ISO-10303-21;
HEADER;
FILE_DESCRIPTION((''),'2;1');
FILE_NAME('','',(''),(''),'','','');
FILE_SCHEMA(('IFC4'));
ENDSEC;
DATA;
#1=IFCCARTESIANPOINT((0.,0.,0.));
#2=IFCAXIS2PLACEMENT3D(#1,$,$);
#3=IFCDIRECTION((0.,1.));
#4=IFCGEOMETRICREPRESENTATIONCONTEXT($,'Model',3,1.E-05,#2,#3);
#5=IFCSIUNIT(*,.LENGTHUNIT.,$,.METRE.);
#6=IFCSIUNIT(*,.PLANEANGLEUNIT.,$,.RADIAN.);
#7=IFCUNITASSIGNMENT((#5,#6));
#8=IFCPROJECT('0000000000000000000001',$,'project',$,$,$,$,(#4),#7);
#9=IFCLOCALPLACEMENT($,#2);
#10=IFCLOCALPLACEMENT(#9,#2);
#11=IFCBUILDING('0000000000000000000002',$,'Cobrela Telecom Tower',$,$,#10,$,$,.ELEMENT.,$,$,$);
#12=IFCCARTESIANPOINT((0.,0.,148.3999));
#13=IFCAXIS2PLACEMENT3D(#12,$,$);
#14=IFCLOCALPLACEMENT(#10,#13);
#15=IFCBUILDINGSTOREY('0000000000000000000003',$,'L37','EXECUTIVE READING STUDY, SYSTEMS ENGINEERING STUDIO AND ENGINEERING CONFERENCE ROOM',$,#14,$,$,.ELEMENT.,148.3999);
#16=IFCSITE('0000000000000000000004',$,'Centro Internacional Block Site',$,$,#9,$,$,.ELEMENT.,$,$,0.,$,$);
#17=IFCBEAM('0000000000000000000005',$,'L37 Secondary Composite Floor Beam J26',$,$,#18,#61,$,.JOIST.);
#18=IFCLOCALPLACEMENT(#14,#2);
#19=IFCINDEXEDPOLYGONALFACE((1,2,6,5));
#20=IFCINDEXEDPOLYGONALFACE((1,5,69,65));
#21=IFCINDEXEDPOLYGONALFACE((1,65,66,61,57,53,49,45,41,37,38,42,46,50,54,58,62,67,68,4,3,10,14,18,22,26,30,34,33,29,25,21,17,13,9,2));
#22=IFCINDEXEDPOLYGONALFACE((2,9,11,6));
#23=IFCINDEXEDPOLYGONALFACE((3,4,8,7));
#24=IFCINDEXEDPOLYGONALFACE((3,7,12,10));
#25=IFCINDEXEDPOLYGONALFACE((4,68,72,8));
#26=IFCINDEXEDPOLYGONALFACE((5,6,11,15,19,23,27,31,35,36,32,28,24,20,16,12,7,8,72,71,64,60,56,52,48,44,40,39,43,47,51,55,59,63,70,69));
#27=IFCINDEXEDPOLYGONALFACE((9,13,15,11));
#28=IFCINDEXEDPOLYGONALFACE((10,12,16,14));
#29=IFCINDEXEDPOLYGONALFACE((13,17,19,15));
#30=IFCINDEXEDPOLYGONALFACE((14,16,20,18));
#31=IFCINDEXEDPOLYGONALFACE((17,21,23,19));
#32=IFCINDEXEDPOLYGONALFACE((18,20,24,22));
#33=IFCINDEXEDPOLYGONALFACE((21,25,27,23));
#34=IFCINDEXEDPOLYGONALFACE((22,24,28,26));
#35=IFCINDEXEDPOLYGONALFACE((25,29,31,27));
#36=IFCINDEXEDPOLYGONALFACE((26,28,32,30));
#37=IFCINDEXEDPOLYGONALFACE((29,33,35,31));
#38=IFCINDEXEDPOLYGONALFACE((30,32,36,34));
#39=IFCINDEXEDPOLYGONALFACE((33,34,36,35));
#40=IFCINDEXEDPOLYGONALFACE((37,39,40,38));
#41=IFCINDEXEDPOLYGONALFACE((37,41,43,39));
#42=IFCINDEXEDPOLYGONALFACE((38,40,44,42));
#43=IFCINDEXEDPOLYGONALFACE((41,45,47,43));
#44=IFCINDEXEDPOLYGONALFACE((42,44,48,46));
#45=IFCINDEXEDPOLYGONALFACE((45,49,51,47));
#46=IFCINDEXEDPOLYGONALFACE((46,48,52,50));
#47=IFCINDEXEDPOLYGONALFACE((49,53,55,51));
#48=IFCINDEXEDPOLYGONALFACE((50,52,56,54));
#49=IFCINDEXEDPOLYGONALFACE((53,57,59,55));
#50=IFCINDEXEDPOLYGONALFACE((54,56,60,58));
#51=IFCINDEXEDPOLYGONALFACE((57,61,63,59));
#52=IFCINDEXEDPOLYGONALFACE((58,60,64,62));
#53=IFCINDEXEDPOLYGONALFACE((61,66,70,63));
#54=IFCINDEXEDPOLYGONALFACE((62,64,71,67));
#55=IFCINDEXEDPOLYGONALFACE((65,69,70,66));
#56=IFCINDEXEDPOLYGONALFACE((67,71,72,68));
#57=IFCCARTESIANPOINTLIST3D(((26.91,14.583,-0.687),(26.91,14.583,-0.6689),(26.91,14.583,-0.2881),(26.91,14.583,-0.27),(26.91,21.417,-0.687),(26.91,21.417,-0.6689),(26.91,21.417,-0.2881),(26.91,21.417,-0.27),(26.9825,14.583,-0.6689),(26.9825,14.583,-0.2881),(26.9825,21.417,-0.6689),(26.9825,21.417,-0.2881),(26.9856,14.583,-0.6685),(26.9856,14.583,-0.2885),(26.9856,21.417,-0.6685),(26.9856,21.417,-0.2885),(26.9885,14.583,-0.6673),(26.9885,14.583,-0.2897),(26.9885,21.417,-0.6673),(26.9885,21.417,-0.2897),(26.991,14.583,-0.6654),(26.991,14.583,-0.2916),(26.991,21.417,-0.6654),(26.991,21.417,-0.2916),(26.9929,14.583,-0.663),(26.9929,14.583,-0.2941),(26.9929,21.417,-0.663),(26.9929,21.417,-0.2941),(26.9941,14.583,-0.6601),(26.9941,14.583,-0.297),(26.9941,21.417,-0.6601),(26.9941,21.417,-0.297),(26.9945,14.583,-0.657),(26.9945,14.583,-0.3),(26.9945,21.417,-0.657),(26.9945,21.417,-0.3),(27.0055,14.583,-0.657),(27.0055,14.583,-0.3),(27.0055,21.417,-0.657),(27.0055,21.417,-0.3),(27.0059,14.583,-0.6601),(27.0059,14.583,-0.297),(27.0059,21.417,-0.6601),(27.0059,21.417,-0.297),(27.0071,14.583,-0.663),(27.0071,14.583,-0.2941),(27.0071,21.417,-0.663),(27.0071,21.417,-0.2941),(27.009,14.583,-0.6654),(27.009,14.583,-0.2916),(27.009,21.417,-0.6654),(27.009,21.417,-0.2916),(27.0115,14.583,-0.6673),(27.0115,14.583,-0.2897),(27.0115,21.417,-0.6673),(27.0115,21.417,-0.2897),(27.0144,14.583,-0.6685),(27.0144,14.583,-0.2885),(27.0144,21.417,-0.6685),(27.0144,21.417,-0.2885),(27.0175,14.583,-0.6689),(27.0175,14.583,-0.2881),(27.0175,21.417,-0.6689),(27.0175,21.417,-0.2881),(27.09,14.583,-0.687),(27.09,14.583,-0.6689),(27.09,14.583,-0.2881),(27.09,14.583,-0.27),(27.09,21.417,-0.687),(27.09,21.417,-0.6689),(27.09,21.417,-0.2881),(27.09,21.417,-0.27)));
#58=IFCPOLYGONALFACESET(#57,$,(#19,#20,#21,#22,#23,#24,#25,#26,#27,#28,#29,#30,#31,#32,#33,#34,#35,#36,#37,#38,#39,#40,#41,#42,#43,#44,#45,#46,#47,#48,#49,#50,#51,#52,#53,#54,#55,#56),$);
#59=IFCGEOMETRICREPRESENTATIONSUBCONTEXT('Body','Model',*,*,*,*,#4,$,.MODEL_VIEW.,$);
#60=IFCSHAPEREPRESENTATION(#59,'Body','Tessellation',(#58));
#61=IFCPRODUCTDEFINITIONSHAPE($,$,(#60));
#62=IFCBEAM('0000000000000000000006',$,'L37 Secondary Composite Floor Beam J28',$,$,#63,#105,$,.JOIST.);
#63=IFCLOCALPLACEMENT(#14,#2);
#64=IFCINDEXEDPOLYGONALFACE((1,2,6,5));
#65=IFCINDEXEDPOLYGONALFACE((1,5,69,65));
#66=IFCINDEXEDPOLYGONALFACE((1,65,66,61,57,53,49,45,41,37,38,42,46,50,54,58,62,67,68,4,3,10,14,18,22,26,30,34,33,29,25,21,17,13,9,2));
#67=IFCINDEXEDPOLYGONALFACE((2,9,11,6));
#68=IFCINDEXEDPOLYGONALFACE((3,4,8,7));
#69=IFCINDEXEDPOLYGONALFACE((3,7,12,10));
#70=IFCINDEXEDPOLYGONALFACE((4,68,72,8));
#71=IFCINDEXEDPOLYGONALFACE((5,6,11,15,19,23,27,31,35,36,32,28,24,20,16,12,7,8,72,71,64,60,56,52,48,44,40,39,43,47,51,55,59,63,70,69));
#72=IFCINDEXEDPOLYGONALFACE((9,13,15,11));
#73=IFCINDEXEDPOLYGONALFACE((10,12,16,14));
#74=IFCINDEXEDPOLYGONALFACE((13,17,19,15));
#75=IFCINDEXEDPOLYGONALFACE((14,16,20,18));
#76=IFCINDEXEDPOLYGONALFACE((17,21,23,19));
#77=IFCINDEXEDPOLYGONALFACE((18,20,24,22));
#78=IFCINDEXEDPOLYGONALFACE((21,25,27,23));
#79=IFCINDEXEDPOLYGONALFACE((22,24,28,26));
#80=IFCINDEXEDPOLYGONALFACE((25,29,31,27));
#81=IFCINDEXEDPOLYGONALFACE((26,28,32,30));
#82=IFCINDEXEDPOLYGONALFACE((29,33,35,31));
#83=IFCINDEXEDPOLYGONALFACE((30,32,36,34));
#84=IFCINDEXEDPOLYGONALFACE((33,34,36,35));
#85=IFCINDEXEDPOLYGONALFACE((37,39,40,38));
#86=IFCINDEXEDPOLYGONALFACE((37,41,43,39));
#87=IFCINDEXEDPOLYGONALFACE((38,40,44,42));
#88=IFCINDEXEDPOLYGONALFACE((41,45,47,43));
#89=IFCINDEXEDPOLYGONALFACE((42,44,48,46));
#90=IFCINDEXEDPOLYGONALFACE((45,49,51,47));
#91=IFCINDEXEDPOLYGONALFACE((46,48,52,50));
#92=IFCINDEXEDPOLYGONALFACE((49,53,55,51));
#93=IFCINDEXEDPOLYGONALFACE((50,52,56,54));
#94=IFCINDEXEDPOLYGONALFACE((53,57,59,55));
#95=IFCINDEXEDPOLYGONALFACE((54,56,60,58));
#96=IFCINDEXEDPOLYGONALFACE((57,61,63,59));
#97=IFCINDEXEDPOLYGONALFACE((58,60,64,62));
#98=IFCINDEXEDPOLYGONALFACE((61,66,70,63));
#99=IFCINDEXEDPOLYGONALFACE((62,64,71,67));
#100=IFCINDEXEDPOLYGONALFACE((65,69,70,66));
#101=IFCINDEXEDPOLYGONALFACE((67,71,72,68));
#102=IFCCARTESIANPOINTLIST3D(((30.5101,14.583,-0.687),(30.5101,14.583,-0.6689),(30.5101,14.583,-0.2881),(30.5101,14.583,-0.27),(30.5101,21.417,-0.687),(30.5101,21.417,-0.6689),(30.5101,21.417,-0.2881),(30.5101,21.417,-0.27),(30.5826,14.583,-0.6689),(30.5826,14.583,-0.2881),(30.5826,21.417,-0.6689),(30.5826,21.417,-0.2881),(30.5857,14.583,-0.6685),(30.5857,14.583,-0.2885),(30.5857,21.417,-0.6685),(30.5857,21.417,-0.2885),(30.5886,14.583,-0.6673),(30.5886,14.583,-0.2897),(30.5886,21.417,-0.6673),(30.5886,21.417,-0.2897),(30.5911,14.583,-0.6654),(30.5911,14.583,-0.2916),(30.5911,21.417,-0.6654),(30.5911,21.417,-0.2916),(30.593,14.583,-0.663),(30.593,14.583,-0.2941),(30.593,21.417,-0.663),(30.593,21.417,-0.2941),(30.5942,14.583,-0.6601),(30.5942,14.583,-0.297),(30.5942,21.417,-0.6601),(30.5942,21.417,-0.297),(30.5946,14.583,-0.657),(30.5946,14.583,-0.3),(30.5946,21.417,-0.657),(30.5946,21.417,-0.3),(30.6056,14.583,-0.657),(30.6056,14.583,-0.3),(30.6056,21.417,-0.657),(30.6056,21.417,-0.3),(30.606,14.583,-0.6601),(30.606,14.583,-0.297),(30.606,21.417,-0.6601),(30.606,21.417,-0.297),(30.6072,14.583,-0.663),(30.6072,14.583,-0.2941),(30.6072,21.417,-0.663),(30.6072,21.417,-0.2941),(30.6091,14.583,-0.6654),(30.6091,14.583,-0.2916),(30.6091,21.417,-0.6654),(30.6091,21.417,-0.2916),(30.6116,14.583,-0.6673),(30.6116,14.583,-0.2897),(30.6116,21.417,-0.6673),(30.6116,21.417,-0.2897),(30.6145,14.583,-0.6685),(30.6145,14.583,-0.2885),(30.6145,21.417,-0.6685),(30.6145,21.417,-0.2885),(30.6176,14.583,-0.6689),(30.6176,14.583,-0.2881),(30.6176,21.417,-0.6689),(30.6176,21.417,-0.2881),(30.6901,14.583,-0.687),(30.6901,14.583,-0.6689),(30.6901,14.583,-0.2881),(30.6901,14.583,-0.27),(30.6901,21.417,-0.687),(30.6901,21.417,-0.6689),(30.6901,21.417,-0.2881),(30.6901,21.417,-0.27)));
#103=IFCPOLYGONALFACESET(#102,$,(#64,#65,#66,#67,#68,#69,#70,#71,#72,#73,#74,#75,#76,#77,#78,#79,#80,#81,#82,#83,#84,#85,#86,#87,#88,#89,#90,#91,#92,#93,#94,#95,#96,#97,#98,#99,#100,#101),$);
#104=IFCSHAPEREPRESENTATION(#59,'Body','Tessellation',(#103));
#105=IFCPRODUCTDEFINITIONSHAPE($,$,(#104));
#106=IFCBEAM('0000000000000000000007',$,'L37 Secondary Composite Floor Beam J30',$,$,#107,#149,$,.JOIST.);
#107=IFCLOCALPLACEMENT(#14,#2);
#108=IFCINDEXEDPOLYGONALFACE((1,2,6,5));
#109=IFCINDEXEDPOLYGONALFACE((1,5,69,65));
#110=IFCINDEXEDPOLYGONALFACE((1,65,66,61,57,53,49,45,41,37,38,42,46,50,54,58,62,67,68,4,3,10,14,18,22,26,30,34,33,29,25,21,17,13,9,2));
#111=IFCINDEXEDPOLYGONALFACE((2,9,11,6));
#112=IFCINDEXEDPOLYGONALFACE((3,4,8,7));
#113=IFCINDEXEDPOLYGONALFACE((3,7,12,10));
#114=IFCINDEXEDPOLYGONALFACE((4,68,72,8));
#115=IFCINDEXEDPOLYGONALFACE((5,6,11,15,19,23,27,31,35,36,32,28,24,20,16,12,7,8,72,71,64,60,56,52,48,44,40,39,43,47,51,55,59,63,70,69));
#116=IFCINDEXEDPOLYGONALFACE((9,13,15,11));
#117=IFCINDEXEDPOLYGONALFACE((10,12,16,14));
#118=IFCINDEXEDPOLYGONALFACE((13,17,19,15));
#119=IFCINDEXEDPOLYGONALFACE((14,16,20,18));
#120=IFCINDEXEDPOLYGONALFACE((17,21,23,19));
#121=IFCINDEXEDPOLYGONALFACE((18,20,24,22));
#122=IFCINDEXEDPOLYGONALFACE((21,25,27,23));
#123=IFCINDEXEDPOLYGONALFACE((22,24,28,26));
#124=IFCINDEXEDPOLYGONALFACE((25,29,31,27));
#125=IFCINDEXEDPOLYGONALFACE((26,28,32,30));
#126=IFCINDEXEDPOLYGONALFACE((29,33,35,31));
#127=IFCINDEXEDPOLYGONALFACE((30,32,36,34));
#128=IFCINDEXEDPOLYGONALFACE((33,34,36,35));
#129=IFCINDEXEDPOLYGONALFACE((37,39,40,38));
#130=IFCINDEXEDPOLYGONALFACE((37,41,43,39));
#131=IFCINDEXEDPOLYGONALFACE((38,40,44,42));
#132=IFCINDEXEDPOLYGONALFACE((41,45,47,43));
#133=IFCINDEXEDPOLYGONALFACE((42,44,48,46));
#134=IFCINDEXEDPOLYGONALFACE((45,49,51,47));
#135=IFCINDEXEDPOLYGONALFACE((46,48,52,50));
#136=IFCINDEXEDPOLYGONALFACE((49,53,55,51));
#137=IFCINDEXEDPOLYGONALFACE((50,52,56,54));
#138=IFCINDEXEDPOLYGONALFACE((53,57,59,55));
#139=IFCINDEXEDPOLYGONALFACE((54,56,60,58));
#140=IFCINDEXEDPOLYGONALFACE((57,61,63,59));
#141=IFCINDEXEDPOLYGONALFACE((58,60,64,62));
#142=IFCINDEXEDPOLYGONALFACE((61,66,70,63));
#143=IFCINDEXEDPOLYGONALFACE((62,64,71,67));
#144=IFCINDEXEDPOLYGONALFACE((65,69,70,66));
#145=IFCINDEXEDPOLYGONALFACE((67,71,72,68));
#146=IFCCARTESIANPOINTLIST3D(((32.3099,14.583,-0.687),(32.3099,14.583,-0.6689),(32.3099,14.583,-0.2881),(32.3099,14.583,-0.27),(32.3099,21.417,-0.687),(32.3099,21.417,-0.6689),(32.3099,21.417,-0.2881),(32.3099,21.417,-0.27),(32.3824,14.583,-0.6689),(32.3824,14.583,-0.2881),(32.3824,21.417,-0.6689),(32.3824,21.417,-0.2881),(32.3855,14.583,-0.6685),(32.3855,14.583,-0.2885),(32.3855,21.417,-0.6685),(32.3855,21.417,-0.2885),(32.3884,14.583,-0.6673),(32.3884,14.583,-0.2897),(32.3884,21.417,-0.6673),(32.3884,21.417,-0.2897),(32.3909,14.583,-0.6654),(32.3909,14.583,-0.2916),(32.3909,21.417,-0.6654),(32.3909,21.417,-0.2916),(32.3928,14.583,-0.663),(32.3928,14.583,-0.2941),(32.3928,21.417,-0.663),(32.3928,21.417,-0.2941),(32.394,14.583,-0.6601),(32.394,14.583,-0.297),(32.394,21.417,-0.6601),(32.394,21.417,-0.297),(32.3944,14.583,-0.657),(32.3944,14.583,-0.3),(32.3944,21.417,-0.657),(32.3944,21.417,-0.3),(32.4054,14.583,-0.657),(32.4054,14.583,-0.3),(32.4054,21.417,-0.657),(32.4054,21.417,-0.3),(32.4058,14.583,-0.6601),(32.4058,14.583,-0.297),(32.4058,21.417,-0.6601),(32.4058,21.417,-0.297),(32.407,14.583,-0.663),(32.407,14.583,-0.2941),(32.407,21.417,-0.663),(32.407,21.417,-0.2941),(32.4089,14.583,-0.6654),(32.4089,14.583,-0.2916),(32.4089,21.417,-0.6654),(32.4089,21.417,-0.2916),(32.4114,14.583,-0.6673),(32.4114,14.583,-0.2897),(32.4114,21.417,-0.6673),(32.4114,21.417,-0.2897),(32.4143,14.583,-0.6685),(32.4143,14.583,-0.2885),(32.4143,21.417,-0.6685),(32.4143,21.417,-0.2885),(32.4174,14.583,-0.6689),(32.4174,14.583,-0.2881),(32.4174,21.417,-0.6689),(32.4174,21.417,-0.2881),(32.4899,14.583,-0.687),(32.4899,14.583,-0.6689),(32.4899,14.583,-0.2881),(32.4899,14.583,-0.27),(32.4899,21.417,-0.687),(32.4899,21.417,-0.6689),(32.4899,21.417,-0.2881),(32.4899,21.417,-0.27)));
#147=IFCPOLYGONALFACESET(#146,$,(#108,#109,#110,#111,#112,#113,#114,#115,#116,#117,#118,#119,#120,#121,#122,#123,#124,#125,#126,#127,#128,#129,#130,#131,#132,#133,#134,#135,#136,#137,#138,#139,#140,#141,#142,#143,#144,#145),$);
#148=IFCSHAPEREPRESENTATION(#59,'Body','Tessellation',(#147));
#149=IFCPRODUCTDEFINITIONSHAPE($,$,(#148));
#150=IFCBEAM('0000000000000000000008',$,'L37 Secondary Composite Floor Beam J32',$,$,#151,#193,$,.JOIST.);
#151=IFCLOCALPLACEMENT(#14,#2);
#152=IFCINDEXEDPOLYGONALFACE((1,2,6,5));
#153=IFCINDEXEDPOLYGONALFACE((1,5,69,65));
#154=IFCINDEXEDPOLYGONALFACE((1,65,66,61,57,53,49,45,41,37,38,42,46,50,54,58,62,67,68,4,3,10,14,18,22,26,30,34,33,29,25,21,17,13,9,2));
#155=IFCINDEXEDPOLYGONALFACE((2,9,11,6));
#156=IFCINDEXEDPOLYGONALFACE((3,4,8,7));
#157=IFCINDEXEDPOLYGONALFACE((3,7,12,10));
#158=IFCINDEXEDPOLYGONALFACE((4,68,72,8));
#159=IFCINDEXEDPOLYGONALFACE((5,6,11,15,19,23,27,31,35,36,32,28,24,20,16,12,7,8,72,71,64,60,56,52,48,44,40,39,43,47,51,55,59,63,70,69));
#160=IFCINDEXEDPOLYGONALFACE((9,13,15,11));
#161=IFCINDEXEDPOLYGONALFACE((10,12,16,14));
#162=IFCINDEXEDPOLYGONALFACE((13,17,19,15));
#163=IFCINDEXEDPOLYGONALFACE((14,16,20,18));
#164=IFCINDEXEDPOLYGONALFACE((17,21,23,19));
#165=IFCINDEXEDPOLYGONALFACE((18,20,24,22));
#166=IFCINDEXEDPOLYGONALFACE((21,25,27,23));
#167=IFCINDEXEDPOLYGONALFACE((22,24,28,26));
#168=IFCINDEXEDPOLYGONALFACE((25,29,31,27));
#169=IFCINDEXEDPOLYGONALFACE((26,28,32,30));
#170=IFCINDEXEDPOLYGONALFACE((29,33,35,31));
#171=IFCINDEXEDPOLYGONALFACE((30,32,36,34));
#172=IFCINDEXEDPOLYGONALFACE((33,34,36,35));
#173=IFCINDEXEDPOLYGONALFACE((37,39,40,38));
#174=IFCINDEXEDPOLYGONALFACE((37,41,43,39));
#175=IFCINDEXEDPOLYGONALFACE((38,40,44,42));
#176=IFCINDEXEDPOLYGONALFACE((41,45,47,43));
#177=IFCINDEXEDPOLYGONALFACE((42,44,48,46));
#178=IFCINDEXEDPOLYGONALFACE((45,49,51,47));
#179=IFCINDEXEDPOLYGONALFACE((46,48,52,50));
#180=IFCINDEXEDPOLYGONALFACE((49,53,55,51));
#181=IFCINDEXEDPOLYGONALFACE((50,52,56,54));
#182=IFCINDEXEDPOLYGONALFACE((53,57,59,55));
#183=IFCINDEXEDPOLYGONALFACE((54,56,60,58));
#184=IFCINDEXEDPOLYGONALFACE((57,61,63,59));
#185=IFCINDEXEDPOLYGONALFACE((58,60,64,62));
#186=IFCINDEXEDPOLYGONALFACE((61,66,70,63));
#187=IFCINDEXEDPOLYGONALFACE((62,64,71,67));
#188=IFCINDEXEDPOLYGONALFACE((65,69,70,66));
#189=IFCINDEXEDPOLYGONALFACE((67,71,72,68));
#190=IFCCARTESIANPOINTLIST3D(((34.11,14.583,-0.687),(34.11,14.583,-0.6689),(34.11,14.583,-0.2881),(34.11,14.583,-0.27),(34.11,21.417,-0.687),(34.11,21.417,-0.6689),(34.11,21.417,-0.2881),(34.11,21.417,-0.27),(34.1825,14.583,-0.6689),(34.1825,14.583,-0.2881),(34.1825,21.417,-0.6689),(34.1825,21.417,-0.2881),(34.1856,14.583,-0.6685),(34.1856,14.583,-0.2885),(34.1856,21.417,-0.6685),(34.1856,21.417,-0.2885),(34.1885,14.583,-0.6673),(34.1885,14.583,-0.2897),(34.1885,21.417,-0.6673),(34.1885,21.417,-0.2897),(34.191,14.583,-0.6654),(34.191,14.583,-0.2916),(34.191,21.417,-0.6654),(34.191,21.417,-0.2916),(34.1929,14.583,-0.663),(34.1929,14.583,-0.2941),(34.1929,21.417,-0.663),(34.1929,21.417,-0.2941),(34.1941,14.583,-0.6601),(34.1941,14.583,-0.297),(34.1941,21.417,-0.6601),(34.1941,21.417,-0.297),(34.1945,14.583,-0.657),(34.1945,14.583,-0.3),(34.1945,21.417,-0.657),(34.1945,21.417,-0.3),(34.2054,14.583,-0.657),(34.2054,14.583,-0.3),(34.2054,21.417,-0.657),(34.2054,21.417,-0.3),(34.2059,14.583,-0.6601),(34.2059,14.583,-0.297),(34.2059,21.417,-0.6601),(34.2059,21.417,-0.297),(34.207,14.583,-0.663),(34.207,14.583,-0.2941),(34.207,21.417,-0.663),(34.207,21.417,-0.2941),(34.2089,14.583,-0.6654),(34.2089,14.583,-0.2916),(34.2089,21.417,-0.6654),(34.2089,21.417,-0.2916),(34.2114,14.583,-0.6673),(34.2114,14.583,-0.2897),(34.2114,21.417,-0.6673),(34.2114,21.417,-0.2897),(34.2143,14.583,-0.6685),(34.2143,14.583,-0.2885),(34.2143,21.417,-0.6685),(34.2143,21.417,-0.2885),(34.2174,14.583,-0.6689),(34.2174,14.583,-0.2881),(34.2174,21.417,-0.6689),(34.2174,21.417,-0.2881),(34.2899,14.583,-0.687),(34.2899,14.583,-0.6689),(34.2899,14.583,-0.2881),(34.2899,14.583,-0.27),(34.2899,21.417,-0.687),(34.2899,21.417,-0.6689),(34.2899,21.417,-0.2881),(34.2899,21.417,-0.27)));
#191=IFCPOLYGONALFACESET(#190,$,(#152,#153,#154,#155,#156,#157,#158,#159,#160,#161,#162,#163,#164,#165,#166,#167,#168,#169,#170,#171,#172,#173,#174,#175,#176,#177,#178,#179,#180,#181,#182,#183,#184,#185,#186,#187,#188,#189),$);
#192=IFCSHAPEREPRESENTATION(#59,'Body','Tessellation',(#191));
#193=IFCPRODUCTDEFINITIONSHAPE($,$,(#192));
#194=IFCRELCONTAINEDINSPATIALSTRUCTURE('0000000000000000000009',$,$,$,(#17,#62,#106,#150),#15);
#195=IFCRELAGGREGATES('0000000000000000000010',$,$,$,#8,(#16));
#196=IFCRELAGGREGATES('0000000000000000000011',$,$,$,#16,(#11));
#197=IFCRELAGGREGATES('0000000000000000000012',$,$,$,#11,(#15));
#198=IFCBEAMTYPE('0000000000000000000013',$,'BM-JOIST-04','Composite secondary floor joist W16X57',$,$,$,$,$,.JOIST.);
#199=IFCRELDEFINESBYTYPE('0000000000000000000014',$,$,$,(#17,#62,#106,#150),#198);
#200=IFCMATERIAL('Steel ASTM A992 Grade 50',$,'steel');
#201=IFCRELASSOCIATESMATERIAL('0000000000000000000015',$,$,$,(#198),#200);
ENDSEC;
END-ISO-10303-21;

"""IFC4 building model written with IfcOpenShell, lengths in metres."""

from ifc_helpers import new_model, si_unit, direction, frame, origin, origin_2d, place, context, subcontext, project, spatial, i_section, extrude, material, material_profile, profile_set, type_object, element, save


model = new_model("IFC4")

# Units and contexts
model_context = context("Model", 3, precision=1e-05, world=origin(), true_north=direction((0.0, 1.0)))
body_context = subcontext(model_context, "Body", "Model", "MODEL_VIEW")
ifc_project = project(units=[si_unit("LENGTHUNIT", "METRE"), si_unit("PLANEANGLEUNIT", "RADIAN")], contexts=[model_context])

# Site, building, storey
site_placement = place(None, origin())
site = spatial("IfcSite", under=ifc_project, at=site_placement, Name="Centro Internacional Block Site", CompositionType="ELEMENT", RefElevation=0.0)
building_placement = place(site_placement, origin())
building = spatial("IfcBuilding", under=site, at=building_placement, Name="Cobrela Telecom Tower", CompositionType="ELEMENT")
storey_placement = place(building_placement, frame((0.0, 0.0, 148.3999)))
storey = spatial("IfcBuildingStorey", under=building, at=storey_placement, Name="L37", Description="EXECUTIVE READING STUDY, SYSTEMS ENGINEERING STUDIO AND ENGINEERING CONFERENCE ROOM", CompositionType="ELEMENT", Elevation=148.3999)

# Shared definitions
ifc_material_1 = material(Name="Steel ASTM A992 Grade 50", Category="steel")

# Beams
ifc_material_profile_1 = material_profile(ifc_material_1, i_section(OverallWidth=0.1799, OverallDepth=0.417, WebThickness=0.011, FlangeThickness=0.0181, FilletRadius=0.012, at=origin_2d()), Name="W16X57")
ifc_profile_set_1 = profile_set([ifc_material_profile_1], Name="Steel ASTM A992 Grade 50")
beam_type_1 = type_object("IfcBeamType", Name="BM-JOIST-04", Description="Composite secondary floor joist W16X57", PredefinedType="JOIST", material=ifc_profile_set_1)
for number, where, z_axis, x_axis, name in (
    (1, (27.0, 14.583, -0.4785), (0.0, 1.0, 0.0), (-1.0, 0.0, 0.0), "L37 Secondary Composite Floor Beam J26"),
    (2, (30.6001, 14.583, -0.4785), (0.0, 1.0, 0.0), (-1.0, 0.0, 0.0), "L37 Secondary Composite Floor Beam J28"),
    (3, (32.3999, 14.583, -0.4785), (0.0, 1.0, 0.0), (-1.0, 0.0, 0.0), "L37 Secondary Composite Floor Beam J30"),
    (4, (34.2, 14.583, -0.4785), (0.0, 1.0, 0.0), (-1.0, 0.0, 0.0), "L37 Secondary Composite Floor Beam J32"),
):
    element("IfcBeam", number, at=place(storey_placement, frame(where, z_axis=z_axis, x_axis=x_axis)), inside=storey, type_object=beam_type_1, Name=name, PredefinedType="JOIST", context=body_context, shape_type="SweptSolid", body=[
        extrude(i_section(OverallWidth=0.1799, OverallDepth=0.417, WebThickness=0.011, FlangeThickness=0.0181, FilletRadius=0.012, at=origin_2d()), origin(), (0.0, 0.0, 1.0), 6.834),
    ])

save(model, "model.ifc")
